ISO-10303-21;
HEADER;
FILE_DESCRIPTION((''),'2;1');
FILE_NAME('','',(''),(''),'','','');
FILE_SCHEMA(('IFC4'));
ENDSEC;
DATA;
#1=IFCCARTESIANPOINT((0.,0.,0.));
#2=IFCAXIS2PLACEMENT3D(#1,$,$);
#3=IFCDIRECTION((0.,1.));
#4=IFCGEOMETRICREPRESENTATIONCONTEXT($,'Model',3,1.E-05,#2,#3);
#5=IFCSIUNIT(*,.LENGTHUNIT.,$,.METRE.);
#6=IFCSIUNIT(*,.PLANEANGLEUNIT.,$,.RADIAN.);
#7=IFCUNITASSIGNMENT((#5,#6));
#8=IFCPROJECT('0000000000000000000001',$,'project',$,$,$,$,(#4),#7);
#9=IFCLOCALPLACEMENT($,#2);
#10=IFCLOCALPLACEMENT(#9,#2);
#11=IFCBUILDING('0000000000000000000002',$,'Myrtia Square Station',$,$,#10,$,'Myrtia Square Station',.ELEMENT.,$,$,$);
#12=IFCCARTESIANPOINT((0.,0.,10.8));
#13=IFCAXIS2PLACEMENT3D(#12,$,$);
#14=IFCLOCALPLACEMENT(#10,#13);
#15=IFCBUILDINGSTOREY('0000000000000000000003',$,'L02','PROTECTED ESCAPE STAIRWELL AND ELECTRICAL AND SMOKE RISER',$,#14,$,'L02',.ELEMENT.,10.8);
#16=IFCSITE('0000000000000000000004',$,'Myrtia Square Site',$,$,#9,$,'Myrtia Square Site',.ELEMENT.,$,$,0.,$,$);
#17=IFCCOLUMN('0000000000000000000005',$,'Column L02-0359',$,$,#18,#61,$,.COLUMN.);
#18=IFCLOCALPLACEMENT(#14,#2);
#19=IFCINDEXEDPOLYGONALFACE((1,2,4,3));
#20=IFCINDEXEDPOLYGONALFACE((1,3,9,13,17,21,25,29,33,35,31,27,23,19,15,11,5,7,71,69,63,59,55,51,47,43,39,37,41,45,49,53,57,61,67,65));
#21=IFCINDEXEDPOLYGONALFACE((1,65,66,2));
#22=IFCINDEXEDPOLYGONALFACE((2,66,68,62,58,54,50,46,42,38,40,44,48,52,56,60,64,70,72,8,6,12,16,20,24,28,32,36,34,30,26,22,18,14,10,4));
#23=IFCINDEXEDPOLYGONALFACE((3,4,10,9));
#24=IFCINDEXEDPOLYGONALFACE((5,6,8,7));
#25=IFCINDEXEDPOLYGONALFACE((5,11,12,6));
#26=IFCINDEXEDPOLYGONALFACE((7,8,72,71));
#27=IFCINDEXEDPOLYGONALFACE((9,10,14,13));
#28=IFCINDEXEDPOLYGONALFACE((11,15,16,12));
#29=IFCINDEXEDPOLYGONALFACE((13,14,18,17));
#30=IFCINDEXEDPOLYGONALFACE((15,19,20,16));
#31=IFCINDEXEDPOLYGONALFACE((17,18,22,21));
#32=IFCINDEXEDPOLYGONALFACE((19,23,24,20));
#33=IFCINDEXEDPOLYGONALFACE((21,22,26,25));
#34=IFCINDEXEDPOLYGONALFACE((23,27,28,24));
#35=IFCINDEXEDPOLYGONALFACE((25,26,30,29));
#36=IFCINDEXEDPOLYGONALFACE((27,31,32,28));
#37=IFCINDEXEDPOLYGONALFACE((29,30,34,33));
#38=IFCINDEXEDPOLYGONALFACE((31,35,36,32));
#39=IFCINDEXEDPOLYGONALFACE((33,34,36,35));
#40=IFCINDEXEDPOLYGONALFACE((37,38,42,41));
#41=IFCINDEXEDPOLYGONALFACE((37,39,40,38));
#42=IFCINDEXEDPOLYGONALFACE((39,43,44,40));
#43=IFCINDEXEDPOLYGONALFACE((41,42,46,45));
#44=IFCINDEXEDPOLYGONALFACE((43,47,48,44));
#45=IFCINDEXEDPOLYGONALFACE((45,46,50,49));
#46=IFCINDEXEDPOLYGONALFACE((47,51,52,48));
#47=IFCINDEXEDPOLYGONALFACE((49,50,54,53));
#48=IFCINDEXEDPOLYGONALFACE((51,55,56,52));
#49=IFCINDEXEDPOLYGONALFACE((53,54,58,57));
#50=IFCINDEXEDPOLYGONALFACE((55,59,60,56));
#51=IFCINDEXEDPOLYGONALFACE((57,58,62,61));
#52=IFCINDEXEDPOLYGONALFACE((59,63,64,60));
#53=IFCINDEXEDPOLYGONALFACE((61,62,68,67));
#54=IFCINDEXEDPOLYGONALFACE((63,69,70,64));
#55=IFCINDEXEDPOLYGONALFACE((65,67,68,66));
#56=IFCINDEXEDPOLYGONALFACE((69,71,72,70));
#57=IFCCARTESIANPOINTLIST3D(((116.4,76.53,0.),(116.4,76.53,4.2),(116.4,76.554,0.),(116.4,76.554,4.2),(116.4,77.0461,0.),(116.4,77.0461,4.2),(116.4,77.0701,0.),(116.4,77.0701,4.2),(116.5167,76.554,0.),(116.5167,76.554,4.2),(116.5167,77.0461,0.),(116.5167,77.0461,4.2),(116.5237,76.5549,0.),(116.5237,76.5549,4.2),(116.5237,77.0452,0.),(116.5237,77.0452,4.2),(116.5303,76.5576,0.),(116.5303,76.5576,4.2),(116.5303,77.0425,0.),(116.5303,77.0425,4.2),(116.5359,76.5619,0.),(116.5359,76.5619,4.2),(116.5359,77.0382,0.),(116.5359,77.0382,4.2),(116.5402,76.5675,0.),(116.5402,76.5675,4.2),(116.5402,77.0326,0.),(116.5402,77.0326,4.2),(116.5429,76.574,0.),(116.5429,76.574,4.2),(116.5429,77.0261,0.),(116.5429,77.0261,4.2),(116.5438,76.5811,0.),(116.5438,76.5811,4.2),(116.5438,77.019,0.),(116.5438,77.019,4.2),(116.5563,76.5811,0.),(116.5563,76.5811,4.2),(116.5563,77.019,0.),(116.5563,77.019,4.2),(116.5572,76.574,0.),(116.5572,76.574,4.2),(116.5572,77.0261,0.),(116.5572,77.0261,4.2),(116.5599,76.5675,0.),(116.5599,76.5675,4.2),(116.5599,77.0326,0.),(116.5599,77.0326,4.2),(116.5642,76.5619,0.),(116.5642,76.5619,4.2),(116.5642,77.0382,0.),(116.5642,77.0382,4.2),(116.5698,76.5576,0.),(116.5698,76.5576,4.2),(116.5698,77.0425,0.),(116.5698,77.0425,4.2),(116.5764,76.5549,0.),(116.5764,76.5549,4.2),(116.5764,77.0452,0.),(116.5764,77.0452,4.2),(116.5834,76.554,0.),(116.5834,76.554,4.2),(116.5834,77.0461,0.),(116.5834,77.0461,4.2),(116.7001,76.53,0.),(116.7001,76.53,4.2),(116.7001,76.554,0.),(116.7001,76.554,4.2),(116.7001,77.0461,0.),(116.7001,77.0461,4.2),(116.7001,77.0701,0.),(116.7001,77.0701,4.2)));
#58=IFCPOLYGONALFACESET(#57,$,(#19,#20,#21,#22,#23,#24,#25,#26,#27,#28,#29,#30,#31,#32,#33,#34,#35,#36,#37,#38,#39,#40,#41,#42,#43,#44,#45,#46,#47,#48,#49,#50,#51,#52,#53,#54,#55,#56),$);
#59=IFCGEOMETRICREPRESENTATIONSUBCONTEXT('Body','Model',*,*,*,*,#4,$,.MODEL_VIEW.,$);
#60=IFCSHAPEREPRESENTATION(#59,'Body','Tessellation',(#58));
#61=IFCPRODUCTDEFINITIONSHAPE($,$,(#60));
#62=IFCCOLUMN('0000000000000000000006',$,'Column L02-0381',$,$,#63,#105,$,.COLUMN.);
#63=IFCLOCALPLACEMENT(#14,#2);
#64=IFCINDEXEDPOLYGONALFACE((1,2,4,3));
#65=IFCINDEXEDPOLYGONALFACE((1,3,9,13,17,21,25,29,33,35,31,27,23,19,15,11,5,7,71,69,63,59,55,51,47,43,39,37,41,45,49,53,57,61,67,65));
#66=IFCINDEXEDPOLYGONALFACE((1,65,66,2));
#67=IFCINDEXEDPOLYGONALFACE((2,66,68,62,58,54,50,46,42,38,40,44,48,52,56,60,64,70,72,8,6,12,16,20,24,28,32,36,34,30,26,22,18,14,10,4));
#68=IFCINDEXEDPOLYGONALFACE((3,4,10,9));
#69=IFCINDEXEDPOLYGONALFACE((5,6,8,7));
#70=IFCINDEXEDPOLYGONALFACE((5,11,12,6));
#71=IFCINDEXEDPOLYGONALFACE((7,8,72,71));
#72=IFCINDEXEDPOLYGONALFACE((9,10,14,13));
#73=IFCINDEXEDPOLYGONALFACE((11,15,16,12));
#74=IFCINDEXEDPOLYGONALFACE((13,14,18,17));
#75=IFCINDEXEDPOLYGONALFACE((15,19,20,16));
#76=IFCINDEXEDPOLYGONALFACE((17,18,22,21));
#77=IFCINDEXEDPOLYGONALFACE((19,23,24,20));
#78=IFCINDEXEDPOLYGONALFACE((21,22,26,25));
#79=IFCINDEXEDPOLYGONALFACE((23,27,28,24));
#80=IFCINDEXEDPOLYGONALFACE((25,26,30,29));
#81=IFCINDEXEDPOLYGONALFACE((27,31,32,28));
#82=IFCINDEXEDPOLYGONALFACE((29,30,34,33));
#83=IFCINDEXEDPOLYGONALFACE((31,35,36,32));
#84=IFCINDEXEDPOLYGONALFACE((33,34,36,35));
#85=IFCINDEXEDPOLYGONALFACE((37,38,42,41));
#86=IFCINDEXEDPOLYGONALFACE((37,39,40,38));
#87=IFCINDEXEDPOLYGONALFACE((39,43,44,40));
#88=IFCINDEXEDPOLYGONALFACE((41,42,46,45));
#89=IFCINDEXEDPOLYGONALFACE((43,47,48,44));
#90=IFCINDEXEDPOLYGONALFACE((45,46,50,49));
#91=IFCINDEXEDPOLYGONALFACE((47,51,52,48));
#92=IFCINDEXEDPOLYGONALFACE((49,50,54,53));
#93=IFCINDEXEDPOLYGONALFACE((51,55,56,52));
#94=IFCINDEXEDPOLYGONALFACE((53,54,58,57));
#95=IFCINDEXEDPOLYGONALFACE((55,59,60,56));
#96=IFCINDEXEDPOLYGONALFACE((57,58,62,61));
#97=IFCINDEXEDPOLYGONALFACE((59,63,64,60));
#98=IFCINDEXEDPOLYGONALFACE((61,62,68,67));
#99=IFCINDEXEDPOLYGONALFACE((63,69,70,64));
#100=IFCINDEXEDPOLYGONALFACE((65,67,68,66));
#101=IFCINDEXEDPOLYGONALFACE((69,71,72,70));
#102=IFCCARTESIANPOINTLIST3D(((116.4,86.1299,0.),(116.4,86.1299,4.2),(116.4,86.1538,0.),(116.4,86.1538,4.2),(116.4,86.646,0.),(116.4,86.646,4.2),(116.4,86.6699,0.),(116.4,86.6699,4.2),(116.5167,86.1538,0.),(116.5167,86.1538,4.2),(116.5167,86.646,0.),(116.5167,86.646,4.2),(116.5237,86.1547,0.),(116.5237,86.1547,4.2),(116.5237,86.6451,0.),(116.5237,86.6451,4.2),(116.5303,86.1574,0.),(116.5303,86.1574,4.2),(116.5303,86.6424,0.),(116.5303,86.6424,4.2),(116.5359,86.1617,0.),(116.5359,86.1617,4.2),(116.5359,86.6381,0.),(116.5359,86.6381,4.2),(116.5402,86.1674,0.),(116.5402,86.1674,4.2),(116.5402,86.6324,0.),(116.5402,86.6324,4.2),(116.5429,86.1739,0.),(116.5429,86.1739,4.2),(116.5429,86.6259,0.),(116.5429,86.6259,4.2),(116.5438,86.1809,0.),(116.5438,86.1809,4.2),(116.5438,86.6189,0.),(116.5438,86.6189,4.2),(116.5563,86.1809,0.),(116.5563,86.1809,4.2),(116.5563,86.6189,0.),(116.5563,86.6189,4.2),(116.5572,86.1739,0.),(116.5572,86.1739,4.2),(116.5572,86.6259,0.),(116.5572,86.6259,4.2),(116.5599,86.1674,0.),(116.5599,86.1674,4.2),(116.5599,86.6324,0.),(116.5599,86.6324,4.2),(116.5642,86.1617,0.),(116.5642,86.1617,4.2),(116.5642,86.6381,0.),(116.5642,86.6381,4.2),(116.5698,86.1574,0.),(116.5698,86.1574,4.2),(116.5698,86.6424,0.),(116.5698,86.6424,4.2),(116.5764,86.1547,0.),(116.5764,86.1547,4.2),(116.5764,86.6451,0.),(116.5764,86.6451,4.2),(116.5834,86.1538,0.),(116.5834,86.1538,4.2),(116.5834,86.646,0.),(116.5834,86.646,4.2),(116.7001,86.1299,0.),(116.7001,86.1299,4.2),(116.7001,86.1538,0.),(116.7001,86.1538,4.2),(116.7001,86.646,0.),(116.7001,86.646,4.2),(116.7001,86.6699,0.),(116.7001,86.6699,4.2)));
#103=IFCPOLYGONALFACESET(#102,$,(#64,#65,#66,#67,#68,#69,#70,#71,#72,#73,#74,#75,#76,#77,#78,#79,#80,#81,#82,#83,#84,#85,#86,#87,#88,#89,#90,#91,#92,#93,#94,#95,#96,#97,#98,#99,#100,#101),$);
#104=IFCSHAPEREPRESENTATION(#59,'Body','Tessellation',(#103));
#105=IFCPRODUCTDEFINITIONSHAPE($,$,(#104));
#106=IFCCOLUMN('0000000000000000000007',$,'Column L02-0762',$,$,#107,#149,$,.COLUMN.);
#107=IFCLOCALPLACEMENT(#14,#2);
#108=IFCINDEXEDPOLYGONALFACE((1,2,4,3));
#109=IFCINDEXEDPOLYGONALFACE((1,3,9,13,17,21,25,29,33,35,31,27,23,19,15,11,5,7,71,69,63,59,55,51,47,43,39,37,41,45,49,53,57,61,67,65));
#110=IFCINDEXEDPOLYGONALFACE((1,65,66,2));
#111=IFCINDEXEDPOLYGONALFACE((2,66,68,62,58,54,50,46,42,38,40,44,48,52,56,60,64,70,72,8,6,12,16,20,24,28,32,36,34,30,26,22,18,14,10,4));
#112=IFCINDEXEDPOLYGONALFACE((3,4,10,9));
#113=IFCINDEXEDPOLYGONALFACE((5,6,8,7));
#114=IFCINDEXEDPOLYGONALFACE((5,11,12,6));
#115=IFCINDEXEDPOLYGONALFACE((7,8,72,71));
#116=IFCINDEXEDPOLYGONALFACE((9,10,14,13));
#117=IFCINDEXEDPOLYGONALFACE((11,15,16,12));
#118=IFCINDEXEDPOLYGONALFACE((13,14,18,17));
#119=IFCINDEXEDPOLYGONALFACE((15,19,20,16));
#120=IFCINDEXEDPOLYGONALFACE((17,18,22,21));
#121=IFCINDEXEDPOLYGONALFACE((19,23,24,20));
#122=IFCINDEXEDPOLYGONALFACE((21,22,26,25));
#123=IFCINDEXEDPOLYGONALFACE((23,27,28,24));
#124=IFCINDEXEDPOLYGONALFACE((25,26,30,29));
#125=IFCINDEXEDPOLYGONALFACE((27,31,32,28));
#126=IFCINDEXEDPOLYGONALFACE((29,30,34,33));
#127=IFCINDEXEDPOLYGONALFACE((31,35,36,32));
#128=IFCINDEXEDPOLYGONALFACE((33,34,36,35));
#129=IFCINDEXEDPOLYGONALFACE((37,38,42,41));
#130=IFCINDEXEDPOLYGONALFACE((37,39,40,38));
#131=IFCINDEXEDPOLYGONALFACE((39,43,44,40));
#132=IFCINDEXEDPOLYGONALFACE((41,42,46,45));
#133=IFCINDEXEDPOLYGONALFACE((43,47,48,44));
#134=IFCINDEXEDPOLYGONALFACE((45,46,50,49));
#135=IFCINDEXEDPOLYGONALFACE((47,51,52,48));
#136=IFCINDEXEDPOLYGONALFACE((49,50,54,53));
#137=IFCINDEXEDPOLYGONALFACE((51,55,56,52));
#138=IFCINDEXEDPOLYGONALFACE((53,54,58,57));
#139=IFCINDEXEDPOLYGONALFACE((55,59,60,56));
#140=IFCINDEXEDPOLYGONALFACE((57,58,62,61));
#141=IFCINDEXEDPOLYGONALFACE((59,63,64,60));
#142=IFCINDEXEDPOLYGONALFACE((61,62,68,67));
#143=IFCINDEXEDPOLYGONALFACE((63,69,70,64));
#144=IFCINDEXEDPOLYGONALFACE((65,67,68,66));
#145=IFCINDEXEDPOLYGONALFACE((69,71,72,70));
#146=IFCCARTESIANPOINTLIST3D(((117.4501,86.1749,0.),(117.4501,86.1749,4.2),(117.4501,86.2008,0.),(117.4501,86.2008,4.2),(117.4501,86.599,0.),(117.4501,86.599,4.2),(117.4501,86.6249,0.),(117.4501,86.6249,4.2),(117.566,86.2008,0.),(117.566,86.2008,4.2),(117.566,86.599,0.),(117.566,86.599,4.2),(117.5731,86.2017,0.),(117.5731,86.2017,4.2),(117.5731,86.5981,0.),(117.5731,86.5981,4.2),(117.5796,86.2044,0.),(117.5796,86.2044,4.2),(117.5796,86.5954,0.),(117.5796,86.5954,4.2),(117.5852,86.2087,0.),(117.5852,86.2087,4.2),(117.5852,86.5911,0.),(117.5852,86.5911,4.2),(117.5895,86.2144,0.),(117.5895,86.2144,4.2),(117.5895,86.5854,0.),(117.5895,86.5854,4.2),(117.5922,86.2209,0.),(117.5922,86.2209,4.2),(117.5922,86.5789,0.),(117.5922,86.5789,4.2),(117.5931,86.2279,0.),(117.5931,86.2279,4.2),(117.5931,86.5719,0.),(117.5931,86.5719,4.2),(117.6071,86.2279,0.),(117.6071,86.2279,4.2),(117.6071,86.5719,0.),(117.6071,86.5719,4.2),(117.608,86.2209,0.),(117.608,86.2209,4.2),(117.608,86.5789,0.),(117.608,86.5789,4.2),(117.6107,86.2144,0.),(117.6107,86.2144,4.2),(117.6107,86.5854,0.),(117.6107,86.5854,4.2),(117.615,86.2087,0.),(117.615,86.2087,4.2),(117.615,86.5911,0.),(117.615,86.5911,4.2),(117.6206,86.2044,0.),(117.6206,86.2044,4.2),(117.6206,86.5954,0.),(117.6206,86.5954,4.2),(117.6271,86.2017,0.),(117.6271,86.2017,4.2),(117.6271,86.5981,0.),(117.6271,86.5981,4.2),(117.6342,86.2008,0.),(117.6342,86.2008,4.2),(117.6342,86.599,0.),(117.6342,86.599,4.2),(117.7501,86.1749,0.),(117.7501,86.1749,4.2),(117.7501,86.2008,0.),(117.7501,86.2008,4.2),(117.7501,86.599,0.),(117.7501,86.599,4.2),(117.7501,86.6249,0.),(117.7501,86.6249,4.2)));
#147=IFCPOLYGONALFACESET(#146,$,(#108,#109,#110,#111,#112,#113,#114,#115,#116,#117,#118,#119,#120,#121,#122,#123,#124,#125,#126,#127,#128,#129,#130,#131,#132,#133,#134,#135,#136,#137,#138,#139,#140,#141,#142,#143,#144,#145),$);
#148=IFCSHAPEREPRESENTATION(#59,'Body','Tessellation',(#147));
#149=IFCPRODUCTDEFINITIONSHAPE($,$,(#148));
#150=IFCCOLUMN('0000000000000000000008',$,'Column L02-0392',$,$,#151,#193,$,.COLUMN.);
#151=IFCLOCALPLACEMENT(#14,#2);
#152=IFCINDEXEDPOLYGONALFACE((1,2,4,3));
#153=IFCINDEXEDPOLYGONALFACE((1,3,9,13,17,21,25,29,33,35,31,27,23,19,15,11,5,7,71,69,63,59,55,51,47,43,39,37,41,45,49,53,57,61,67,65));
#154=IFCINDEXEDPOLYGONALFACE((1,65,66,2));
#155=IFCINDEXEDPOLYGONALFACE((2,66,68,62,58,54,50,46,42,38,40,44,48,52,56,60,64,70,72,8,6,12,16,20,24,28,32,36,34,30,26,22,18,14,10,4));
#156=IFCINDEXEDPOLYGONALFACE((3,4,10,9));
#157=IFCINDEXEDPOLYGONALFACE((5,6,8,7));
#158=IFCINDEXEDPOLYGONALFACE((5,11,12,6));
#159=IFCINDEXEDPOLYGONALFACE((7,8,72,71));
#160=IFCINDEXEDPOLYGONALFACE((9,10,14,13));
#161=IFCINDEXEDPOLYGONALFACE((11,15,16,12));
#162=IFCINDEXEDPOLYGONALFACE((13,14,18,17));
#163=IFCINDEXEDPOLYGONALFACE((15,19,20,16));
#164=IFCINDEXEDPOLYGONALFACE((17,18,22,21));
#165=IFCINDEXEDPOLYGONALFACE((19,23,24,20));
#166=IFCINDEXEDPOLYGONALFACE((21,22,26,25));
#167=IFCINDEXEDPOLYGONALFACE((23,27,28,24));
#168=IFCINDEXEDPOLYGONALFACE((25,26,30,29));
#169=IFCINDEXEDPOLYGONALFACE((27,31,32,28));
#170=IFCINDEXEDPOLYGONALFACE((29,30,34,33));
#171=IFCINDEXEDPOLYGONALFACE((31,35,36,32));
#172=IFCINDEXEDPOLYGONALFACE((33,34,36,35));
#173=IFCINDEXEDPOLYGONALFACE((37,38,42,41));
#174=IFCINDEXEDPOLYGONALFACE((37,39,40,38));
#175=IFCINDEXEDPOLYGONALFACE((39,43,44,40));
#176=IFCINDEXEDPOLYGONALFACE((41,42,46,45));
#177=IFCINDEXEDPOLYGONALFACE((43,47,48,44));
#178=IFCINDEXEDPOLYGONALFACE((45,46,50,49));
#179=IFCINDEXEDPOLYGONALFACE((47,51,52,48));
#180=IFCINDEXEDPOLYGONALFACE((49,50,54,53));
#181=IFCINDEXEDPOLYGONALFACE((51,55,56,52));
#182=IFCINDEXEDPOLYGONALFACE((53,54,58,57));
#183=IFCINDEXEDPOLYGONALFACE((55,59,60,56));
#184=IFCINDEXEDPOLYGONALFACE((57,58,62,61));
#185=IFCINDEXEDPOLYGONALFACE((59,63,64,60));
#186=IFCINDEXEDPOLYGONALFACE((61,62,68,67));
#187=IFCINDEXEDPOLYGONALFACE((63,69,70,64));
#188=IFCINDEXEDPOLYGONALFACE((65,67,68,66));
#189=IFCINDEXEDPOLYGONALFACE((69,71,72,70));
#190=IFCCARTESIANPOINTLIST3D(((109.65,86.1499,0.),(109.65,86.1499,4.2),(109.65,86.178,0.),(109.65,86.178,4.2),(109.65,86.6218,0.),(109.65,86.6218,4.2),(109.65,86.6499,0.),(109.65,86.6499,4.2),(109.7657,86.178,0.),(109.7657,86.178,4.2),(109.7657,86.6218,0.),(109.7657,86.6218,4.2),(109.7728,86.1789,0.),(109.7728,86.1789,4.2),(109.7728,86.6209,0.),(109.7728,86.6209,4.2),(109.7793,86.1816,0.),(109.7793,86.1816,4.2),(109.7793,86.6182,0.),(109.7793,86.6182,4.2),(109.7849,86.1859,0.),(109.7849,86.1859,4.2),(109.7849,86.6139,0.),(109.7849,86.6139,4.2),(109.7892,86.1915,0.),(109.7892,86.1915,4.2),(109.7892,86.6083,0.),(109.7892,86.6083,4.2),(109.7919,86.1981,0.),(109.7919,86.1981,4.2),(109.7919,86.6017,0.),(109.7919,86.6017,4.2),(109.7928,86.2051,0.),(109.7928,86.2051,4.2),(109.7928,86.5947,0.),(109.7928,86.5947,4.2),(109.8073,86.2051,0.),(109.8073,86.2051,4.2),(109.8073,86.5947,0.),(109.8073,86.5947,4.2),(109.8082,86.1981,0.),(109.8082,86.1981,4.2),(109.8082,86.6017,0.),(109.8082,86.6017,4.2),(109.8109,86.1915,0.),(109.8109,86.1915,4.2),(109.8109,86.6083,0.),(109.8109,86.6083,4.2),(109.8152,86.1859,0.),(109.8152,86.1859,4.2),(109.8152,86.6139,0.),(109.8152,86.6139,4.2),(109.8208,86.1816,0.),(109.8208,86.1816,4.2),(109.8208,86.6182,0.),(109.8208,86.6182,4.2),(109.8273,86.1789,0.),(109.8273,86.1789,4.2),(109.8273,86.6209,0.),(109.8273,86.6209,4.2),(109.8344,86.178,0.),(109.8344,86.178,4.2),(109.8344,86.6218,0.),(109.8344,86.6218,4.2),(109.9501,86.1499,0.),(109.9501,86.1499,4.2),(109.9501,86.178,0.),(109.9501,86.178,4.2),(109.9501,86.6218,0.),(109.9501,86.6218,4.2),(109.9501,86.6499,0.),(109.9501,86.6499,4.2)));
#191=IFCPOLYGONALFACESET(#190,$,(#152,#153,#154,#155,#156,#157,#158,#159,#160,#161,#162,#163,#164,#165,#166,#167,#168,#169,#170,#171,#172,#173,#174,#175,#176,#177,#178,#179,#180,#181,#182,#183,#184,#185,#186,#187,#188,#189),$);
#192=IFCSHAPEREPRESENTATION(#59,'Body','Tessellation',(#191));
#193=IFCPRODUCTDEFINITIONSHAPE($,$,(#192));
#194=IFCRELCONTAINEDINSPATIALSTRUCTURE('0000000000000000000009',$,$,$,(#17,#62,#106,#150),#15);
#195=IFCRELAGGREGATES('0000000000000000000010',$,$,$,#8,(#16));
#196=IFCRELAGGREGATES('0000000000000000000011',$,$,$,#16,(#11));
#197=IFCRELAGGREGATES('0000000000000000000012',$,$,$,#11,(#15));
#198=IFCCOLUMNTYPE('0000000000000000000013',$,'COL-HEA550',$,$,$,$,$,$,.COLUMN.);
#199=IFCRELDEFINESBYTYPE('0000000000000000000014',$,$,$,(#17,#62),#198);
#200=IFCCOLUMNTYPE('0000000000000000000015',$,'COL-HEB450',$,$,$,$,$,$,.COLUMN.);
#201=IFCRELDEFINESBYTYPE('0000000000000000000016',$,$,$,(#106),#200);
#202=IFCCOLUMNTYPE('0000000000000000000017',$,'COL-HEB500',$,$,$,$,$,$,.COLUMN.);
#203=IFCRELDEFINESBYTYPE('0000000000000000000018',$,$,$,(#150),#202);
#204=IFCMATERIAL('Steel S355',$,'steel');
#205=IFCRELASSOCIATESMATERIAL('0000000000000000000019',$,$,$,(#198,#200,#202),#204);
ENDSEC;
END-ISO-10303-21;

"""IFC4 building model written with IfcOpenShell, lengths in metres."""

from ifc_helpers import new_model, si_unit, direction, frame, origin, origin_2d, place, context, subcontext, project, spatial, i_section, extrude, material, material_profile, profile_set, type_object, element, save


model = new_model("IFC4")

# Units and contexts
model_context = context("Model", 3, precision=1e-05, world=origin(), true_north=direction((0.0, 1.0)))
body_context = subcontext(model_context, "Body", "Model", "MODEL_VIEW")
ifc_project = project(units=[si_unit("LENGTHUNIT", "METRE"), si_unit("PLANEANGLEUNIT", "RADIAN")], contexts=[model_context])

# Site, building, storey
site_placement = place(None, origin())
site = spatial("IfcSite", under=ifc_project, at=site_placement, Name="Myrtia Square Site", LongName="Myrtia Square Site", CompositionType="ELEMENT", RefElevation=0.0)
building_placement = place(site_placement, origin())
building = spatial("IfcBuilding", under=site, at=building_placement, Name="Myrtia Square Station", LongName="Myrtia Square Station", CompositionType="ELEMENT")
storey_placement = place(building_placement, frame((0.0, 0.0, 10.8)))
storey = spatial("IfcBuildingStorey", under=building, at=storey_placement, Name="L02", Description="PROTECTED ESCAPE STAIRWELL AND ELECTRICAL AND SMOKE RISER", LongName="L02", CompositionType="ELEMENT", Elevation=10.8)

# Columns
ifc_material_1 = material(Name="Steel S355", Category="steel")
ifc_material_profile_1 = material_profile(ifc_material_1, i_section(OverallWidth=0.3, OverallDepth=0.54, WebThickness=0.0125, FlangeThickness=0.0239, FilletRadius=0.0271, at=origin_2d()), Name="HEA 550")
ifc_profile_set_1 = profile_set([ifc_material_profile_1], Name="Steel S355")
column_type_1 = type_object("IfcColumnType", Name="COL-HEA550", PredefinedType="COLUMN", material=ifc_profile_set_1)
for number, where, z_axis, x_axis, name in (
    (1, (116.55, 76.8, 0.0), (0.0, 0.0, 1.0), (1.0, 0.0, 0.0), "Column L02-0359"),
    (2, (116.55, 86.3999, 0.0), (0.0, 0.0, 1.0), (1.0, 0.0, 0.0), "Column L02-0381"),
):
    element("IfcColumn", number, at=place(storey_placement, frame(where, z_axis=z_axis, x_axis=x_axis)), inside=storey, type_object=column_type_1, Name=name, PredefinedType="COLUMN", context=body_context, shape_type="SweptSolid", body=[
        extrude(i_section(OverallWidth=0.3, OverallDepth=0.54, WebThickness=0.0125, FlangeThickness=0.0239, FilletRadius=0.0271, at=origin_2d()), origin(), (0.0, 0.0, 1.0), 4.2),
    ])
ifc_material_profile_2 = material_profile(ifc_material_1, i_section(OverallWidth=0.3, OverallDepth=0.45, WebThickness=0.0139, FlangeThickness=0.0259, FilletRadius=0.0271, at=origin_2d()), Name="HEB 450")
ifc_profile_set_2 = profile_set([ifc_material_profile_2], Name="Steel S355")
column_type_2 = type_object("IfcColumnType", Name="COL-HEB450", PredefinedType="COLUMN", material=ifc_profile_set_2)
column_1_placement = place(storey_placement, frame((117.6001, 86.3999, 0.0), z_axis=(0.0, 0.0, 1.0), x_axis=(1.0, 0.0, 0.0)))
element("IfcColumn", 3, at=column_1_placement, inside=storey, type_object=column_type_2, Name="Column L02-0762", PredefinedType="COLUMN", context=body_context, shape_type="SweptSolid", body=[
    extrude(i_section(OverallWidth=0.3, OverallDepth=0.45, WebThickness=0.0139, FlangeThickness=0.0259, FilletRadius=0.0271, at=origin_2d()), origin(), (0.0, 0.0, 1.0), 4.2),
])
ifc_material_profile_3 = material_profile(ifc_material_1, i_section(OverallWidth=0.3, OverallDepth=0.5, WebThickness=0.0144, FlangeThickness=0.0281, FilletRadius=0.0271, at=origin_2d()), Name="HEB 500")
ifc_profile_set_3 = profile_set([ifc_material_profile_3], Name="Steel S355")
column_type_3 = type_object("IfcColumnType", Name="COL-HEB500", PredefinedType="COLUMN", material=ifc_profile_set_3)
column_2_placement = place(storey_placement, frame((109.8, 86.3999, 0.0), z_axis=(0.0, 0.0, 1.0), x_axis=(1.0, 0.0, 0.0)))
element("IfcColumn", 4, at=column_2_placement, inside=storey, type_object=column_type_3, Name="Column L02-0392", PredefinedType="COLUMN", context=body_context, shape_type="SweptSolid", body=[
    extrude(i_section(OverallWidth=0.3, OverallDepth=0.5, WebThickness=0.0144, FlangeThickness=0.0281, FilletRadius=0.0271, at=origin_2d()), origin(), (0.0, 0.0, 1.0), 4.2),
])

save(model, "model.ifc")
